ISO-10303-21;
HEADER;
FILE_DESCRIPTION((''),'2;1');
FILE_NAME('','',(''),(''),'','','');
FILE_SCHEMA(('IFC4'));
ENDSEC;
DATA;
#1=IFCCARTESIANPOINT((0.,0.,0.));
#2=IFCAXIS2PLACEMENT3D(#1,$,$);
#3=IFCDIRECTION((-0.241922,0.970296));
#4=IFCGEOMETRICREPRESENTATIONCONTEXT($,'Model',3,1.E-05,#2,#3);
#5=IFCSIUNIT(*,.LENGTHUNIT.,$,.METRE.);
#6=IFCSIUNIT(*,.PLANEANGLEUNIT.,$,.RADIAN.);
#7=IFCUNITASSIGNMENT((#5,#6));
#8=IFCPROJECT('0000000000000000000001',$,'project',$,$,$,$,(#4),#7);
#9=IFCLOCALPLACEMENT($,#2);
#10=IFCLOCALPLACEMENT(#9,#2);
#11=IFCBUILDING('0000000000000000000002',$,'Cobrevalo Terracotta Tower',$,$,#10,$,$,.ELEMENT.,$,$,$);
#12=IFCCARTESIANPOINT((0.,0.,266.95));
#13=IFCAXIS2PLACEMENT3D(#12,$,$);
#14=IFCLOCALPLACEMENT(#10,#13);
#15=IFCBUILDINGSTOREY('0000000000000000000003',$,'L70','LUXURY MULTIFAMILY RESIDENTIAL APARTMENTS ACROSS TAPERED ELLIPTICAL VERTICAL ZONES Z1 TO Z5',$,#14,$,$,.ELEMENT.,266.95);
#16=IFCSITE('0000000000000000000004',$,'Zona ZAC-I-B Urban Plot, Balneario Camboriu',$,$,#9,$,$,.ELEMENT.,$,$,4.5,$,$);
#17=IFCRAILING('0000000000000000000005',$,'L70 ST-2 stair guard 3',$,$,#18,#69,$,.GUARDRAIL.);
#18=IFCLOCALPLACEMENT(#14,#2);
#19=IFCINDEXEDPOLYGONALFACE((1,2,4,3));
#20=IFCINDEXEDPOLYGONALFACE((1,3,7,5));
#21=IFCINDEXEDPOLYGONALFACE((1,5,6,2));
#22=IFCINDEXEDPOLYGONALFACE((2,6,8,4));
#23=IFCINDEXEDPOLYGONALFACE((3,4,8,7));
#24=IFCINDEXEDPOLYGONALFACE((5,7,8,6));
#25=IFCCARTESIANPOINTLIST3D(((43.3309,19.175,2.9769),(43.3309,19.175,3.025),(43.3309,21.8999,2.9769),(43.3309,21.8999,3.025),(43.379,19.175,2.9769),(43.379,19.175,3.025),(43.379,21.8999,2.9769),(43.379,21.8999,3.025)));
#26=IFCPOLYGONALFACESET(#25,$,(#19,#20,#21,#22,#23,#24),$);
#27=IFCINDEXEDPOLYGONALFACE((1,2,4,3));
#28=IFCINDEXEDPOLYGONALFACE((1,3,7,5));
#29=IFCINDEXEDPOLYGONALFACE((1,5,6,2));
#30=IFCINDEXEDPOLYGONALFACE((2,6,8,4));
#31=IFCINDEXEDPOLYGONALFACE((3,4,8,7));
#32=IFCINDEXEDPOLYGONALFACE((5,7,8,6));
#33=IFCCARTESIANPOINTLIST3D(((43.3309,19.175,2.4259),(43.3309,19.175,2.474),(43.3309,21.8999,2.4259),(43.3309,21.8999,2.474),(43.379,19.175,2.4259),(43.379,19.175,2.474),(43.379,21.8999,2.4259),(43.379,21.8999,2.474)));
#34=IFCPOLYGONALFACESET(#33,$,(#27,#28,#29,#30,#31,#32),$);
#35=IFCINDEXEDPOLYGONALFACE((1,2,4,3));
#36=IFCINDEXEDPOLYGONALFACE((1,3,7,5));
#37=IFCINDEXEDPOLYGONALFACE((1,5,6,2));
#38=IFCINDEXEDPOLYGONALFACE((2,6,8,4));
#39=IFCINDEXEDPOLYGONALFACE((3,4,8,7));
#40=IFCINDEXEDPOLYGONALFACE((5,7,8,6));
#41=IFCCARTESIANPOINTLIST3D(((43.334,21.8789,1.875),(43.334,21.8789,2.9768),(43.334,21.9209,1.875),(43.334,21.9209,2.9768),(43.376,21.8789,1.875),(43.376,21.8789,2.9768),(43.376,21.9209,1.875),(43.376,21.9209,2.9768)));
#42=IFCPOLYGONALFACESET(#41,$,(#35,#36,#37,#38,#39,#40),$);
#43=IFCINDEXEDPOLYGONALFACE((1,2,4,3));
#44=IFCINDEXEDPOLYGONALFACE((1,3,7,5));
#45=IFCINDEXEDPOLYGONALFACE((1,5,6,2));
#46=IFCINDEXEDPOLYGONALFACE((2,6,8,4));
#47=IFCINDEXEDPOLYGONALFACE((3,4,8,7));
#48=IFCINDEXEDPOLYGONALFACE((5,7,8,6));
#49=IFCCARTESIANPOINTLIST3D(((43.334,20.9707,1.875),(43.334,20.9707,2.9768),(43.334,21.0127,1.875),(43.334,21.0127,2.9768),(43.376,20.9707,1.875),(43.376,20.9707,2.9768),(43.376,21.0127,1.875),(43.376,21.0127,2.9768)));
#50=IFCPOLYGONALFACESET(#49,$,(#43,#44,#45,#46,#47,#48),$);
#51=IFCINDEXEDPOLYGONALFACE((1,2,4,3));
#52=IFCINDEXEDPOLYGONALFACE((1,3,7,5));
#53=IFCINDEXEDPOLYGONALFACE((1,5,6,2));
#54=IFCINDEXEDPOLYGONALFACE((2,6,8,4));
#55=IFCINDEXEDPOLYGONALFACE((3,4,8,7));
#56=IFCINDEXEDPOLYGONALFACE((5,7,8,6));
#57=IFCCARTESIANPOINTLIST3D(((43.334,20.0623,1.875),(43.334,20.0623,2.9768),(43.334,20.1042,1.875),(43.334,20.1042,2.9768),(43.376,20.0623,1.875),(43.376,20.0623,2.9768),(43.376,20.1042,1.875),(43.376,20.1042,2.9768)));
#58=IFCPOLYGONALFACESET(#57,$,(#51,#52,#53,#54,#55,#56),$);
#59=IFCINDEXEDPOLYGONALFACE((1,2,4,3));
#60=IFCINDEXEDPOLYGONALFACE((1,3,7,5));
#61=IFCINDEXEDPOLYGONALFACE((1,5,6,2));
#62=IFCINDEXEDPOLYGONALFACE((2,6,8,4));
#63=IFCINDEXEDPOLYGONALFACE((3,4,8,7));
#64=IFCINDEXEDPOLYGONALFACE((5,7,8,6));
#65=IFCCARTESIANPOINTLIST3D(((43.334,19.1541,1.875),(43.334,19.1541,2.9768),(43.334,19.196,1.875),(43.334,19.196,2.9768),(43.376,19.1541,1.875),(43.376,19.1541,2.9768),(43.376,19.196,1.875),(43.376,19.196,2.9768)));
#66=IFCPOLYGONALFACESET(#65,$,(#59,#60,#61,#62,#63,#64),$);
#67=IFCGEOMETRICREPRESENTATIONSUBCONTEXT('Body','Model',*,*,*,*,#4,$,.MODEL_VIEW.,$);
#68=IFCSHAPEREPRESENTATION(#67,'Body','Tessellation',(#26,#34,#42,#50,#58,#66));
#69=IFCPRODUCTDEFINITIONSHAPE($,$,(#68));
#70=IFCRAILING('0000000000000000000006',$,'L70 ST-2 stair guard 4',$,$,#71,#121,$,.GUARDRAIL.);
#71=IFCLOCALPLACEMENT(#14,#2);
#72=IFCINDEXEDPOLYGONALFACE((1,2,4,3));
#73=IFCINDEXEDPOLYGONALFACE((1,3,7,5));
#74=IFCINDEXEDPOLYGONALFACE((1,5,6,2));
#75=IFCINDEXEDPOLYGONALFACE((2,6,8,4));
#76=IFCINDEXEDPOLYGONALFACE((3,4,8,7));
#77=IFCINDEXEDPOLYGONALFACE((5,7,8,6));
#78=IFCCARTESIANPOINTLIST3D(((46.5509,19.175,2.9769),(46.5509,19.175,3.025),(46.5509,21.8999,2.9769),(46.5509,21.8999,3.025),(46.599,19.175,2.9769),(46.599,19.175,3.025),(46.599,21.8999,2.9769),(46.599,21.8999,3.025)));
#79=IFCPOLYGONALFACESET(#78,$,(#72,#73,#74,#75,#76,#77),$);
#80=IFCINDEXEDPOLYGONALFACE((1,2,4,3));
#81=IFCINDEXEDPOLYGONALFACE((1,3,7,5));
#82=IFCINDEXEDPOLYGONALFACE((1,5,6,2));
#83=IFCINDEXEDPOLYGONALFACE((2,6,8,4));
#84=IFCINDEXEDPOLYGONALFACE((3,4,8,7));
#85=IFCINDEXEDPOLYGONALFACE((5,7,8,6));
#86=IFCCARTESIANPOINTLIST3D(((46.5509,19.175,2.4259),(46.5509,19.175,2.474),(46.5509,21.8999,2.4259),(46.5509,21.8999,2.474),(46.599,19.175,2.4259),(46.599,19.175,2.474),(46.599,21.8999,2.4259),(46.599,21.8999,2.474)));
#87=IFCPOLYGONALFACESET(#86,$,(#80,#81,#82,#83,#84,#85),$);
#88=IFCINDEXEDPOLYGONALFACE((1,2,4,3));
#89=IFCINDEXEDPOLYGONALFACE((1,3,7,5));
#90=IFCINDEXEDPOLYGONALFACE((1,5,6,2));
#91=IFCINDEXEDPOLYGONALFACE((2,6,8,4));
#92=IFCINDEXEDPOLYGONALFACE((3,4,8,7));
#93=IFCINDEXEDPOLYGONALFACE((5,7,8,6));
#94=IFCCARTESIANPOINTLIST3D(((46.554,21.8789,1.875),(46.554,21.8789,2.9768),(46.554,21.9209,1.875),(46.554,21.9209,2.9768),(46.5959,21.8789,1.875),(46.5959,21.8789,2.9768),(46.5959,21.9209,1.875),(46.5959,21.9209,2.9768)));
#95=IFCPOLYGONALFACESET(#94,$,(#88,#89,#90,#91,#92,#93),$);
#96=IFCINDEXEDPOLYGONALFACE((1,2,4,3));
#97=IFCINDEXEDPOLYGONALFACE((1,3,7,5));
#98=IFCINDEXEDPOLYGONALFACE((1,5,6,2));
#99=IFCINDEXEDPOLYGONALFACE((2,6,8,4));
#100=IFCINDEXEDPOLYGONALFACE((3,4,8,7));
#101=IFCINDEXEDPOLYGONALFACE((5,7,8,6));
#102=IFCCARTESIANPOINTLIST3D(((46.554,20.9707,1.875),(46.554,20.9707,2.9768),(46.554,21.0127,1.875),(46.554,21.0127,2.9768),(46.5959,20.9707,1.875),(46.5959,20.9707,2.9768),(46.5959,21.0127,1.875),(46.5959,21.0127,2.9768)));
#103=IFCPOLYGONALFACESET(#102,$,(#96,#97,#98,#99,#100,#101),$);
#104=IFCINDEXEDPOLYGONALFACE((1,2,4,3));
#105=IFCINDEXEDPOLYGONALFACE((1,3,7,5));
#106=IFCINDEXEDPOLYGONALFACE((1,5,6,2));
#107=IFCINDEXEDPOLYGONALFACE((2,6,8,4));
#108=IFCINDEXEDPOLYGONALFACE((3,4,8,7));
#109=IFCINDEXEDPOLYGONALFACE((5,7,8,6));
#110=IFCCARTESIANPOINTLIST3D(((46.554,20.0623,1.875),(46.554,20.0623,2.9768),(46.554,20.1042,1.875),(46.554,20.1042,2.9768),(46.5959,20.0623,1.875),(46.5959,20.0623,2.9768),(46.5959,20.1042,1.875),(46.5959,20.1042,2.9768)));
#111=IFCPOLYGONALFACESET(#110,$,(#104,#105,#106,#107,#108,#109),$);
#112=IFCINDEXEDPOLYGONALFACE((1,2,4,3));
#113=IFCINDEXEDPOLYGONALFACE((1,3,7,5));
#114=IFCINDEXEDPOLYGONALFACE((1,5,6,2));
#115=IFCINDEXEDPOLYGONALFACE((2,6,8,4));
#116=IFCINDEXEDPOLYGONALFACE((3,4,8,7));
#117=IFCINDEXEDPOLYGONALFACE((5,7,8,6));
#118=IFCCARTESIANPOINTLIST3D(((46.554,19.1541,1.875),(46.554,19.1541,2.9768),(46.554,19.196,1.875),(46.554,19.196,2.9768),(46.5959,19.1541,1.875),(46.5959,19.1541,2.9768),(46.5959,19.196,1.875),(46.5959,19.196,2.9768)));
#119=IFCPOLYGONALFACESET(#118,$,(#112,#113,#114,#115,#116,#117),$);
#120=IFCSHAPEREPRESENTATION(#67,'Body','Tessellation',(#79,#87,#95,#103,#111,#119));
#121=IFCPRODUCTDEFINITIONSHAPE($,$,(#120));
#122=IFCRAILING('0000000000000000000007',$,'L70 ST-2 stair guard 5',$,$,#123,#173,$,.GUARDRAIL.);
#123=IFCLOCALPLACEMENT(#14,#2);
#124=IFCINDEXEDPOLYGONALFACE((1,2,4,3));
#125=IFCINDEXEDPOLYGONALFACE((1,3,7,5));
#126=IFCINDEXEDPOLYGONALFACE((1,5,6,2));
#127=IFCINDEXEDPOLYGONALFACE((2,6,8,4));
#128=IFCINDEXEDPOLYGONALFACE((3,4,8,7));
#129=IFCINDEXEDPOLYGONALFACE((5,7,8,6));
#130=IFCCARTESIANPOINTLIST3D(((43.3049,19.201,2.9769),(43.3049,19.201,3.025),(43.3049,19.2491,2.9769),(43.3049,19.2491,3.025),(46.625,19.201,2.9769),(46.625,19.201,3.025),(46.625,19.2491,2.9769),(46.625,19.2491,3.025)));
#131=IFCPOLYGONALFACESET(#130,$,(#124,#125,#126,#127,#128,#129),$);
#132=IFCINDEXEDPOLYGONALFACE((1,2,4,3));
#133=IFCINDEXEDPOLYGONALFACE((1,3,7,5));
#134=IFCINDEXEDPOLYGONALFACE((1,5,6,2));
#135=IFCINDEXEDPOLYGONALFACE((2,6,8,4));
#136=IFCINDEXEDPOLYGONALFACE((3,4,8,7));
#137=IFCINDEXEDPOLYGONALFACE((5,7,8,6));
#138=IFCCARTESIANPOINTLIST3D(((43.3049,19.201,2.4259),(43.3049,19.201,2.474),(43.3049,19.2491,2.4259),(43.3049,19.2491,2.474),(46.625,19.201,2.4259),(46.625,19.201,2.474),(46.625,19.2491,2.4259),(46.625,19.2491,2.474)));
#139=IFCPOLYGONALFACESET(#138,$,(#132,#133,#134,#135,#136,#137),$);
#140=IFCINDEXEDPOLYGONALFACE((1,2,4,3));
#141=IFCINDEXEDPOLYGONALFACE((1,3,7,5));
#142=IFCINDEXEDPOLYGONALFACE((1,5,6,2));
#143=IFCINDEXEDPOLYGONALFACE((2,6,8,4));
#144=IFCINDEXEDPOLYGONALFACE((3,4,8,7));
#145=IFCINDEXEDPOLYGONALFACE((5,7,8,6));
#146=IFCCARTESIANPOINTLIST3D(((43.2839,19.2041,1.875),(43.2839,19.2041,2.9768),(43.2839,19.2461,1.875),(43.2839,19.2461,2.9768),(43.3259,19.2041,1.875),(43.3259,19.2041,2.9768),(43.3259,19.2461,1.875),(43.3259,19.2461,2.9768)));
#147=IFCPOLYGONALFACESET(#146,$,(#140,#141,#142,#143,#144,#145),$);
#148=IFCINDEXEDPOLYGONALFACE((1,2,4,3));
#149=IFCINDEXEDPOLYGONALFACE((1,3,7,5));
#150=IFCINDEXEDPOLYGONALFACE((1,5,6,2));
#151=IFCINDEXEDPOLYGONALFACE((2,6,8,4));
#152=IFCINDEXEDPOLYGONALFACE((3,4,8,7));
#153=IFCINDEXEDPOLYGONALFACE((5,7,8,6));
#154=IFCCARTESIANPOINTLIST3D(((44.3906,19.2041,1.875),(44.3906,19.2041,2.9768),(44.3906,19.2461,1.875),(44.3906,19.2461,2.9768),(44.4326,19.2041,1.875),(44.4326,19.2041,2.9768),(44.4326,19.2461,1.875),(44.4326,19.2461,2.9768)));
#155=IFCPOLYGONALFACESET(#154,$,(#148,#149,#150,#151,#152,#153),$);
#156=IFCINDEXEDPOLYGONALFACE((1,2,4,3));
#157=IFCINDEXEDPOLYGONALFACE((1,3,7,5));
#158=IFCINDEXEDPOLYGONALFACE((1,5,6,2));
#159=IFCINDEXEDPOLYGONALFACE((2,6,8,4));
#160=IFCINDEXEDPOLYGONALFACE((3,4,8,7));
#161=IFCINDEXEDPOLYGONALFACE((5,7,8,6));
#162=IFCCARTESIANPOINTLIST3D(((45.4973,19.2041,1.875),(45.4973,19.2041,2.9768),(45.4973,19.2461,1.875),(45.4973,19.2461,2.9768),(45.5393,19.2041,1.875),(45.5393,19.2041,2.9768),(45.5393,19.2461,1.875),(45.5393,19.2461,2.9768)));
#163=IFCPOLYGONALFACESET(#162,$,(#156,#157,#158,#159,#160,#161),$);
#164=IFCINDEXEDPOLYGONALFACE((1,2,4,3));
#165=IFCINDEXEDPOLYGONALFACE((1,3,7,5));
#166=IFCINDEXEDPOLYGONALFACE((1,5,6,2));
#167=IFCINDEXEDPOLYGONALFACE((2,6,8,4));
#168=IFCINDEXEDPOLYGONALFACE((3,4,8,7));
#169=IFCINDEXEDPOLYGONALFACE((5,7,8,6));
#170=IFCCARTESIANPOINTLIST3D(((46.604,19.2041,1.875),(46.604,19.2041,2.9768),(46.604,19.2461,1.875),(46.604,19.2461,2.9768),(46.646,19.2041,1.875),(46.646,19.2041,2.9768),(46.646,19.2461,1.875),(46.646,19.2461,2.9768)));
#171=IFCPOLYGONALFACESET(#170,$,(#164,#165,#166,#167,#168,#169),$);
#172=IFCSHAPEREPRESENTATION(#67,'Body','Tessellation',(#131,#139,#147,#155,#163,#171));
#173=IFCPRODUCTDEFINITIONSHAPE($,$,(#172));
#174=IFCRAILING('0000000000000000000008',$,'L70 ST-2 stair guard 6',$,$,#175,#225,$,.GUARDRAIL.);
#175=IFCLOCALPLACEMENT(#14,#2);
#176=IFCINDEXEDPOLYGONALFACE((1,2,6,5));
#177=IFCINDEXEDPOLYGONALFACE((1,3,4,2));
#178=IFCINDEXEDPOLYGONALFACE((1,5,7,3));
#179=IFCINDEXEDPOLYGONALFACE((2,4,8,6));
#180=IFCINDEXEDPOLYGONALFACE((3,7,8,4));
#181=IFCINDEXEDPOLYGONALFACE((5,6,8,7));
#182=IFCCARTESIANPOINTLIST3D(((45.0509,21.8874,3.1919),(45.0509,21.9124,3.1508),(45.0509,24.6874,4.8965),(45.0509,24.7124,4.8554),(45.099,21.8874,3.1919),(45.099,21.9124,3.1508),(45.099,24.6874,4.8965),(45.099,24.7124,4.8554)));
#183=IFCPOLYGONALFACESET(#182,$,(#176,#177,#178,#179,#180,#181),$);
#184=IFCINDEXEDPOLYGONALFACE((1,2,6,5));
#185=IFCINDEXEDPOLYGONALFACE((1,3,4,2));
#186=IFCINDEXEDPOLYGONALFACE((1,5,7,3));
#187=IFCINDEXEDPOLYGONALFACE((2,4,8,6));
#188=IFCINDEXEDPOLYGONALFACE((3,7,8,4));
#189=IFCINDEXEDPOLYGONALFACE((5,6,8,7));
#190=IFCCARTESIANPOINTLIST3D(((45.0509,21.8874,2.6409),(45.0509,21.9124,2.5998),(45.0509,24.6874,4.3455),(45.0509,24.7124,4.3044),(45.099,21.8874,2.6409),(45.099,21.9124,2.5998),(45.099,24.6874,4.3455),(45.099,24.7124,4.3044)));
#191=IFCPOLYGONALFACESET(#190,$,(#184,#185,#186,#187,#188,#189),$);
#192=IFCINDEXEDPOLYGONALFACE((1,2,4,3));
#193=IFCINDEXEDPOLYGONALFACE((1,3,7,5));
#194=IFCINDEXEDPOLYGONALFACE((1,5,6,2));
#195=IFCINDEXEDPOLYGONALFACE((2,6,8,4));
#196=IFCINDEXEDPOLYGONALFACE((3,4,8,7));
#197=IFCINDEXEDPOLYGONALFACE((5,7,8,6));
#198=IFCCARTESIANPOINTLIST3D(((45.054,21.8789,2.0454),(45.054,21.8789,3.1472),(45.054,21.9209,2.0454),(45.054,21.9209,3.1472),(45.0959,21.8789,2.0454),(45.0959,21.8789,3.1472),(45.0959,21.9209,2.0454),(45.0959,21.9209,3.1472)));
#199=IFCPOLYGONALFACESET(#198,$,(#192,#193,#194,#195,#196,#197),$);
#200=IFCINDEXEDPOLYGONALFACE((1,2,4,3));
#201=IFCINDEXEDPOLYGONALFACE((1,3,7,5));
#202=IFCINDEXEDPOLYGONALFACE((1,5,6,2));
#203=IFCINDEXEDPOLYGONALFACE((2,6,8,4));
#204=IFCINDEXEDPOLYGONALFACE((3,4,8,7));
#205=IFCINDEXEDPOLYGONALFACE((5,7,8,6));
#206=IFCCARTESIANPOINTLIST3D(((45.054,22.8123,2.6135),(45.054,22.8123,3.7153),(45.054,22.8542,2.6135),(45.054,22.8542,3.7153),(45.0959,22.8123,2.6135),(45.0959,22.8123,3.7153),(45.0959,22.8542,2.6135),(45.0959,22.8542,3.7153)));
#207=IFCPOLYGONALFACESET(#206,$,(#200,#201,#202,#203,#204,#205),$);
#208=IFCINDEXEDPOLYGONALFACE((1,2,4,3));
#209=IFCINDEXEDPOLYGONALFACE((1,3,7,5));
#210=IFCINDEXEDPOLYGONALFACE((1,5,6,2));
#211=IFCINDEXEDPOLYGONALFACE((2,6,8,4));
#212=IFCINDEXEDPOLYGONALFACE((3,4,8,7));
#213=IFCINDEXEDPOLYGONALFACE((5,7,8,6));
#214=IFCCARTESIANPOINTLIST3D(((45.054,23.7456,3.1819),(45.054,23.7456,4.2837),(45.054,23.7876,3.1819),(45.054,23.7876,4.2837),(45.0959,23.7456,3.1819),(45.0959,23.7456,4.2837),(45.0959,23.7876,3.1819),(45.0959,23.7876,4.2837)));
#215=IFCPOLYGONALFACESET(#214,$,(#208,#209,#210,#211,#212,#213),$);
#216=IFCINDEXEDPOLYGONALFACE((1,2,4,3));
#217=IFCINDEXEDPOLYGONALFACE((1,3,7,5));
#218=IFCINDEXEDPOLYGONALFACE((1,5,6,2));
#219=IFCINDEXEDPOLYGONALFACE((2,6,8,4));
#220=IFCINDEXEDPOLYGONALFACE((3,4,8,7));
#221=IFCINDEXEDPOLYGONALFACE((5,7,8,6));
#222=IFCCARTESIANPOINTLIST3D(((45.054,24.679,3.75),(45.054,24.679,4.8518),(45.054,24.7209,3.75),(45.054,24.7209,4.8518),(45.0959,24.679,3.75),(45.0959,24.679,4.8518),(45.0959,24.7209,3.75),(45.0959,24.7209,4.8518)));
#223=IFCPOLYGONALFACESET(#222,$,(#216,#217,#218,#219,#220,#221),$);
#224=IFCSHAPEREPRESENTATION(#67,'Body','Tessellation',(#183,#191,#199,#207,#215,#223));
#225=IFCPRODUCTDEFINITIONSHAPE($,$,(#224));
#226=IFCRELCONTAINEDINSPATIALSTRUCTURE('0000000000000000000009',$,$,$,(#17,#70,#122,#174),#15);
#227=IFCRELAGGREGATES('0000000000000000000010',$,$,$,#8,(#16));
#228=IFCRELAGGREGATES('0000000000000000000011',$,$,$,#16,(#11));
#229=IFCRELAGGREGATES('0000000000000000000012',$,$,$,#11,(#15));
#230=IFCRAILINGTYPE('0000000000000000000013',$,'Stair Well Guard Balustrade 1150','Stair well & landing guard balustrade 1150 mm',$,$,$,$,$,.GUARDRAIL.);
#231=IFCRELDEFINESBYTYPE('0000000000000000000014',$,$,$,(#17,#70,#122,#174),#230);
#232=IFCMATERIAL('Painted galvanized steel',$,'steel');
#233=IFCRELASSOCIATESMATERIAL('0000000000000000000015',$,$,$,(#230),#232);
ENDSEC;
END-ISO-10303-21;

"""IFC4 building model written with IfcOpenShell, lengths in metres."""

from ifc_helpers import new_model, si_unit, direction, frame, origin, origin_2d, place, context, subcontext, project, spatial, rectangle, extrude, material, type_object, element, save


model = new_model("IFC4")

# Units and contexts
model_context = context("Model", 3, precision=1e-05, world=origin(), true_north=direction((-0.241922, 0.970296)))
body_context = subcontext(model_context, "Body", "Model", "MODEL_VIEW")
ifc_project = project(units=[si_unit("LENGTHUNIT", "METRE"), si_unit("PLANEANGLEUNIT", "RADIAN")], contexts=[model_context])

# Site, building, storey
site_placement = place(None, origin())
site = spatial("IfcSite", under=ifc_project, at=site_placement, Name="Zona ZAC-I-B Urban Plot, Balneario Camboriu", CompositionType="ELEMENT", RefElevation=4.5)
building_placement = place(site_placement, origin())
building = spatial("IfcBuilding", under=site, at=building_placement, Name="Cobrevalo Terracotta Tower", CompositionType="ELEMENT")
storey_placement = place(building_placement, frame((0.0, 0.0, 266.95)))
storey = spatial("IfcBuildingStorey", under=building, at=storey_placement, Name="L70", Description="LUXURY MULTIFAMILY RESIDENTIAL APARTMENTS ACROSS TAPERED ELLIPTICAL VERTICAL ZONES Z1 TO Z5", CompositionType="ELEMENT", Elevation=266.95)

# Railings
ifc_material_1 = material(Name="Painted galvanized steel", Category="steel")
railing_type_1 = type_object("IfcRailingType", Name="Stair Well Guard Balustrade 1150", Description="Stair well & landing guard balustrade 1150 mm", PredefinedType="GUARDRAIL", material=ifc_material_1)
for number, where, name in (
    (1, (43.355, 21.8999, 1.875), "L70 ST-2 stair guard 3"),
    (2, (46.575, 21.8999, 1.875), "L70 ST-2 stair guard 4"),
):
    element("IfcRailing", number, at=place(storey_placement, frame(where)), inside=storey, type_object=railing_type_1, Name=name, PredefinedType="GUARDRAIL", context=body_context, shape_type="SweptSolid", body=[
        extrude(rectangle(XDim=0.0481, YDim=0.0481, at=origin_2d()), frame((0.0, 0.0, 1.126), z_axis=(0.0, -1.0, 0.0), x_axis=(1.0, 0.0, 0.0)), (0.0, 0.0, 1.0), 2.7249),
        extrude(rectangle(XDim=0.0481, YDim=0.0481, at=origin_2d()), frame((0.0, 0.0, 0.575), z_axis=(0.0, -1.0, 0.0), x_axis=(1.0, 0.0, 0.0)), (0.0, 0.0, 1.0), 2.7249),
        extrude(rectangle(XDim=0.042, YDim=0.042, at=origin_2d()), origin(), (0.0, 0.0, 1.0), 1.1018),
        extrude(rectangle(XDim=0.042, YDim=0.042, at=origin_2d()), frame((0.0, -0.9082, 0.0)), (0.0, 0.0, 1.0), 1.1018),
        extrude(rectangle(XDim=0.042, YDim=0.042, at=origin_2d()), frame((0.0, -1.8167, 0.0)), (0.0, 0.0, 1.0), 1.1018),
        extrude(rectangle(XDim=0.042, YDim=0.042, at=origin_2d()), frame((0.0, -2.7249, 0.0)), (0.0, 0.0, 1.0), 1.1018),
    ])
railing_1_placement = place(storey_placement, frame((43.3049, 19.2251, 1.875)))
element("IfcRailing", 3, at=railing_1_placement, inside=storey, type_object=railing_type_1, Name="L70 ST-2 stair guard 5", PredefinedType="GUARDRAIL", context=body_context, shape_type="SweptSolid", body=[
    extrude(rectangle(XDim=0.0481, YDim=0.0481, at=origin_2d()), frame((0.0, 0.0, 1.126), z_axis=(1.0, 0.0, 0.0), x_axis=(0.0, 1.0, 0.0)), (0.0, 0.0, 1.0), 3.3201),
    extrude(rectangle(XDim=0.0481, YDim=0.0481, at=origin_2d()), frame((0.0, 0.0, 0.575), z_axis=(1.0, 0.0, 0.0), x_axis=(0.0, 1.0, 0.0)), (0.0, 0.0, 1.0), 3.3201),
    extrude(rectangle(XDim=0.042, YDim=0.042, at=origin_2d()), origin(), (0.0, 0.0, 1.0), 1.1018),
    extrude(rectangle(XDim=0.042, YDim=0.042, at=origin_2d()), frame((1.1067, 0.0, 0.0)), (0.0, 0.0, 1.0), 1.1018),
    extrude(rectangle(XDim=0.042, YDim=0.042, at=origin_2d()), frame((2.2134, 0.0, 0.0)), (0.0, 0.0, 1.0), 1.1018),
    extrude(rectangle(XDim=0.042, YDim=0.042, at=origin_2d()), frame((3.3201, 0.0, 0.0)), (0.0, 0.0, 1.0), 1.1018),
])
railing_2_placement = place(storey_placement, frame((45.075, 21.8999, 2.0454)))
element("IfcRailing", 4, at=railing_2_placement, inside=storey, type_object=railing_type_1, Name="L70 ST-2 stair guard 6", PredefinedType="GUARDRAIL", context=body_context, shape_type="SweptSolid", body=[
    extrude(rectangle(XDim=0.0481, YDim=0.0481, at=origin_2d()), frame((0.0, 0.0, 1.126), z_axis=(0.0, 0.85417, 0.519994), x_axis=(-1.0, 0.0, 0.0)), (0.0, 0.0, 1.0), 3.2781),
    extrude(rectangle(XDim=0.0481, YDim=0.0481, at=origin_2d()), frame((0.0, 0.0, 0.575), z_axis=(0.0, 0.85417, 0.519994), x_axis=(-1.0, 0.0, 0.0)), (0.0, 0.0, 1.0), 3.2781),
    extrude(rectangle(XDim=0.042, YDim=0.042, at=origin_2d()), origin(), (0.0, 0.0, 1.0), 1.1018),
    extrude(rectangle(XDim=0.042, YDim=0.042, at=origin_2d()), frame((0.0, 0.9333, 0.5681)), (0.0, 0.0, 1.0), 1.1018),
    extrude(rectangle(XDim=0.042, YDim=0.042, at=origin_2d()), frame((0.0, 1.8667, 1.1365)), (0.0, 0.0, 1.0), 1.1018),
    extrude(rectangle(XDim=0.042, YDim=0.042, at=origin_2d()), frame((0.0, 2.8, 1.7046)), (0.0, 0.0, 1.0), 1.1018),
])

save(model, "model.ifc")
